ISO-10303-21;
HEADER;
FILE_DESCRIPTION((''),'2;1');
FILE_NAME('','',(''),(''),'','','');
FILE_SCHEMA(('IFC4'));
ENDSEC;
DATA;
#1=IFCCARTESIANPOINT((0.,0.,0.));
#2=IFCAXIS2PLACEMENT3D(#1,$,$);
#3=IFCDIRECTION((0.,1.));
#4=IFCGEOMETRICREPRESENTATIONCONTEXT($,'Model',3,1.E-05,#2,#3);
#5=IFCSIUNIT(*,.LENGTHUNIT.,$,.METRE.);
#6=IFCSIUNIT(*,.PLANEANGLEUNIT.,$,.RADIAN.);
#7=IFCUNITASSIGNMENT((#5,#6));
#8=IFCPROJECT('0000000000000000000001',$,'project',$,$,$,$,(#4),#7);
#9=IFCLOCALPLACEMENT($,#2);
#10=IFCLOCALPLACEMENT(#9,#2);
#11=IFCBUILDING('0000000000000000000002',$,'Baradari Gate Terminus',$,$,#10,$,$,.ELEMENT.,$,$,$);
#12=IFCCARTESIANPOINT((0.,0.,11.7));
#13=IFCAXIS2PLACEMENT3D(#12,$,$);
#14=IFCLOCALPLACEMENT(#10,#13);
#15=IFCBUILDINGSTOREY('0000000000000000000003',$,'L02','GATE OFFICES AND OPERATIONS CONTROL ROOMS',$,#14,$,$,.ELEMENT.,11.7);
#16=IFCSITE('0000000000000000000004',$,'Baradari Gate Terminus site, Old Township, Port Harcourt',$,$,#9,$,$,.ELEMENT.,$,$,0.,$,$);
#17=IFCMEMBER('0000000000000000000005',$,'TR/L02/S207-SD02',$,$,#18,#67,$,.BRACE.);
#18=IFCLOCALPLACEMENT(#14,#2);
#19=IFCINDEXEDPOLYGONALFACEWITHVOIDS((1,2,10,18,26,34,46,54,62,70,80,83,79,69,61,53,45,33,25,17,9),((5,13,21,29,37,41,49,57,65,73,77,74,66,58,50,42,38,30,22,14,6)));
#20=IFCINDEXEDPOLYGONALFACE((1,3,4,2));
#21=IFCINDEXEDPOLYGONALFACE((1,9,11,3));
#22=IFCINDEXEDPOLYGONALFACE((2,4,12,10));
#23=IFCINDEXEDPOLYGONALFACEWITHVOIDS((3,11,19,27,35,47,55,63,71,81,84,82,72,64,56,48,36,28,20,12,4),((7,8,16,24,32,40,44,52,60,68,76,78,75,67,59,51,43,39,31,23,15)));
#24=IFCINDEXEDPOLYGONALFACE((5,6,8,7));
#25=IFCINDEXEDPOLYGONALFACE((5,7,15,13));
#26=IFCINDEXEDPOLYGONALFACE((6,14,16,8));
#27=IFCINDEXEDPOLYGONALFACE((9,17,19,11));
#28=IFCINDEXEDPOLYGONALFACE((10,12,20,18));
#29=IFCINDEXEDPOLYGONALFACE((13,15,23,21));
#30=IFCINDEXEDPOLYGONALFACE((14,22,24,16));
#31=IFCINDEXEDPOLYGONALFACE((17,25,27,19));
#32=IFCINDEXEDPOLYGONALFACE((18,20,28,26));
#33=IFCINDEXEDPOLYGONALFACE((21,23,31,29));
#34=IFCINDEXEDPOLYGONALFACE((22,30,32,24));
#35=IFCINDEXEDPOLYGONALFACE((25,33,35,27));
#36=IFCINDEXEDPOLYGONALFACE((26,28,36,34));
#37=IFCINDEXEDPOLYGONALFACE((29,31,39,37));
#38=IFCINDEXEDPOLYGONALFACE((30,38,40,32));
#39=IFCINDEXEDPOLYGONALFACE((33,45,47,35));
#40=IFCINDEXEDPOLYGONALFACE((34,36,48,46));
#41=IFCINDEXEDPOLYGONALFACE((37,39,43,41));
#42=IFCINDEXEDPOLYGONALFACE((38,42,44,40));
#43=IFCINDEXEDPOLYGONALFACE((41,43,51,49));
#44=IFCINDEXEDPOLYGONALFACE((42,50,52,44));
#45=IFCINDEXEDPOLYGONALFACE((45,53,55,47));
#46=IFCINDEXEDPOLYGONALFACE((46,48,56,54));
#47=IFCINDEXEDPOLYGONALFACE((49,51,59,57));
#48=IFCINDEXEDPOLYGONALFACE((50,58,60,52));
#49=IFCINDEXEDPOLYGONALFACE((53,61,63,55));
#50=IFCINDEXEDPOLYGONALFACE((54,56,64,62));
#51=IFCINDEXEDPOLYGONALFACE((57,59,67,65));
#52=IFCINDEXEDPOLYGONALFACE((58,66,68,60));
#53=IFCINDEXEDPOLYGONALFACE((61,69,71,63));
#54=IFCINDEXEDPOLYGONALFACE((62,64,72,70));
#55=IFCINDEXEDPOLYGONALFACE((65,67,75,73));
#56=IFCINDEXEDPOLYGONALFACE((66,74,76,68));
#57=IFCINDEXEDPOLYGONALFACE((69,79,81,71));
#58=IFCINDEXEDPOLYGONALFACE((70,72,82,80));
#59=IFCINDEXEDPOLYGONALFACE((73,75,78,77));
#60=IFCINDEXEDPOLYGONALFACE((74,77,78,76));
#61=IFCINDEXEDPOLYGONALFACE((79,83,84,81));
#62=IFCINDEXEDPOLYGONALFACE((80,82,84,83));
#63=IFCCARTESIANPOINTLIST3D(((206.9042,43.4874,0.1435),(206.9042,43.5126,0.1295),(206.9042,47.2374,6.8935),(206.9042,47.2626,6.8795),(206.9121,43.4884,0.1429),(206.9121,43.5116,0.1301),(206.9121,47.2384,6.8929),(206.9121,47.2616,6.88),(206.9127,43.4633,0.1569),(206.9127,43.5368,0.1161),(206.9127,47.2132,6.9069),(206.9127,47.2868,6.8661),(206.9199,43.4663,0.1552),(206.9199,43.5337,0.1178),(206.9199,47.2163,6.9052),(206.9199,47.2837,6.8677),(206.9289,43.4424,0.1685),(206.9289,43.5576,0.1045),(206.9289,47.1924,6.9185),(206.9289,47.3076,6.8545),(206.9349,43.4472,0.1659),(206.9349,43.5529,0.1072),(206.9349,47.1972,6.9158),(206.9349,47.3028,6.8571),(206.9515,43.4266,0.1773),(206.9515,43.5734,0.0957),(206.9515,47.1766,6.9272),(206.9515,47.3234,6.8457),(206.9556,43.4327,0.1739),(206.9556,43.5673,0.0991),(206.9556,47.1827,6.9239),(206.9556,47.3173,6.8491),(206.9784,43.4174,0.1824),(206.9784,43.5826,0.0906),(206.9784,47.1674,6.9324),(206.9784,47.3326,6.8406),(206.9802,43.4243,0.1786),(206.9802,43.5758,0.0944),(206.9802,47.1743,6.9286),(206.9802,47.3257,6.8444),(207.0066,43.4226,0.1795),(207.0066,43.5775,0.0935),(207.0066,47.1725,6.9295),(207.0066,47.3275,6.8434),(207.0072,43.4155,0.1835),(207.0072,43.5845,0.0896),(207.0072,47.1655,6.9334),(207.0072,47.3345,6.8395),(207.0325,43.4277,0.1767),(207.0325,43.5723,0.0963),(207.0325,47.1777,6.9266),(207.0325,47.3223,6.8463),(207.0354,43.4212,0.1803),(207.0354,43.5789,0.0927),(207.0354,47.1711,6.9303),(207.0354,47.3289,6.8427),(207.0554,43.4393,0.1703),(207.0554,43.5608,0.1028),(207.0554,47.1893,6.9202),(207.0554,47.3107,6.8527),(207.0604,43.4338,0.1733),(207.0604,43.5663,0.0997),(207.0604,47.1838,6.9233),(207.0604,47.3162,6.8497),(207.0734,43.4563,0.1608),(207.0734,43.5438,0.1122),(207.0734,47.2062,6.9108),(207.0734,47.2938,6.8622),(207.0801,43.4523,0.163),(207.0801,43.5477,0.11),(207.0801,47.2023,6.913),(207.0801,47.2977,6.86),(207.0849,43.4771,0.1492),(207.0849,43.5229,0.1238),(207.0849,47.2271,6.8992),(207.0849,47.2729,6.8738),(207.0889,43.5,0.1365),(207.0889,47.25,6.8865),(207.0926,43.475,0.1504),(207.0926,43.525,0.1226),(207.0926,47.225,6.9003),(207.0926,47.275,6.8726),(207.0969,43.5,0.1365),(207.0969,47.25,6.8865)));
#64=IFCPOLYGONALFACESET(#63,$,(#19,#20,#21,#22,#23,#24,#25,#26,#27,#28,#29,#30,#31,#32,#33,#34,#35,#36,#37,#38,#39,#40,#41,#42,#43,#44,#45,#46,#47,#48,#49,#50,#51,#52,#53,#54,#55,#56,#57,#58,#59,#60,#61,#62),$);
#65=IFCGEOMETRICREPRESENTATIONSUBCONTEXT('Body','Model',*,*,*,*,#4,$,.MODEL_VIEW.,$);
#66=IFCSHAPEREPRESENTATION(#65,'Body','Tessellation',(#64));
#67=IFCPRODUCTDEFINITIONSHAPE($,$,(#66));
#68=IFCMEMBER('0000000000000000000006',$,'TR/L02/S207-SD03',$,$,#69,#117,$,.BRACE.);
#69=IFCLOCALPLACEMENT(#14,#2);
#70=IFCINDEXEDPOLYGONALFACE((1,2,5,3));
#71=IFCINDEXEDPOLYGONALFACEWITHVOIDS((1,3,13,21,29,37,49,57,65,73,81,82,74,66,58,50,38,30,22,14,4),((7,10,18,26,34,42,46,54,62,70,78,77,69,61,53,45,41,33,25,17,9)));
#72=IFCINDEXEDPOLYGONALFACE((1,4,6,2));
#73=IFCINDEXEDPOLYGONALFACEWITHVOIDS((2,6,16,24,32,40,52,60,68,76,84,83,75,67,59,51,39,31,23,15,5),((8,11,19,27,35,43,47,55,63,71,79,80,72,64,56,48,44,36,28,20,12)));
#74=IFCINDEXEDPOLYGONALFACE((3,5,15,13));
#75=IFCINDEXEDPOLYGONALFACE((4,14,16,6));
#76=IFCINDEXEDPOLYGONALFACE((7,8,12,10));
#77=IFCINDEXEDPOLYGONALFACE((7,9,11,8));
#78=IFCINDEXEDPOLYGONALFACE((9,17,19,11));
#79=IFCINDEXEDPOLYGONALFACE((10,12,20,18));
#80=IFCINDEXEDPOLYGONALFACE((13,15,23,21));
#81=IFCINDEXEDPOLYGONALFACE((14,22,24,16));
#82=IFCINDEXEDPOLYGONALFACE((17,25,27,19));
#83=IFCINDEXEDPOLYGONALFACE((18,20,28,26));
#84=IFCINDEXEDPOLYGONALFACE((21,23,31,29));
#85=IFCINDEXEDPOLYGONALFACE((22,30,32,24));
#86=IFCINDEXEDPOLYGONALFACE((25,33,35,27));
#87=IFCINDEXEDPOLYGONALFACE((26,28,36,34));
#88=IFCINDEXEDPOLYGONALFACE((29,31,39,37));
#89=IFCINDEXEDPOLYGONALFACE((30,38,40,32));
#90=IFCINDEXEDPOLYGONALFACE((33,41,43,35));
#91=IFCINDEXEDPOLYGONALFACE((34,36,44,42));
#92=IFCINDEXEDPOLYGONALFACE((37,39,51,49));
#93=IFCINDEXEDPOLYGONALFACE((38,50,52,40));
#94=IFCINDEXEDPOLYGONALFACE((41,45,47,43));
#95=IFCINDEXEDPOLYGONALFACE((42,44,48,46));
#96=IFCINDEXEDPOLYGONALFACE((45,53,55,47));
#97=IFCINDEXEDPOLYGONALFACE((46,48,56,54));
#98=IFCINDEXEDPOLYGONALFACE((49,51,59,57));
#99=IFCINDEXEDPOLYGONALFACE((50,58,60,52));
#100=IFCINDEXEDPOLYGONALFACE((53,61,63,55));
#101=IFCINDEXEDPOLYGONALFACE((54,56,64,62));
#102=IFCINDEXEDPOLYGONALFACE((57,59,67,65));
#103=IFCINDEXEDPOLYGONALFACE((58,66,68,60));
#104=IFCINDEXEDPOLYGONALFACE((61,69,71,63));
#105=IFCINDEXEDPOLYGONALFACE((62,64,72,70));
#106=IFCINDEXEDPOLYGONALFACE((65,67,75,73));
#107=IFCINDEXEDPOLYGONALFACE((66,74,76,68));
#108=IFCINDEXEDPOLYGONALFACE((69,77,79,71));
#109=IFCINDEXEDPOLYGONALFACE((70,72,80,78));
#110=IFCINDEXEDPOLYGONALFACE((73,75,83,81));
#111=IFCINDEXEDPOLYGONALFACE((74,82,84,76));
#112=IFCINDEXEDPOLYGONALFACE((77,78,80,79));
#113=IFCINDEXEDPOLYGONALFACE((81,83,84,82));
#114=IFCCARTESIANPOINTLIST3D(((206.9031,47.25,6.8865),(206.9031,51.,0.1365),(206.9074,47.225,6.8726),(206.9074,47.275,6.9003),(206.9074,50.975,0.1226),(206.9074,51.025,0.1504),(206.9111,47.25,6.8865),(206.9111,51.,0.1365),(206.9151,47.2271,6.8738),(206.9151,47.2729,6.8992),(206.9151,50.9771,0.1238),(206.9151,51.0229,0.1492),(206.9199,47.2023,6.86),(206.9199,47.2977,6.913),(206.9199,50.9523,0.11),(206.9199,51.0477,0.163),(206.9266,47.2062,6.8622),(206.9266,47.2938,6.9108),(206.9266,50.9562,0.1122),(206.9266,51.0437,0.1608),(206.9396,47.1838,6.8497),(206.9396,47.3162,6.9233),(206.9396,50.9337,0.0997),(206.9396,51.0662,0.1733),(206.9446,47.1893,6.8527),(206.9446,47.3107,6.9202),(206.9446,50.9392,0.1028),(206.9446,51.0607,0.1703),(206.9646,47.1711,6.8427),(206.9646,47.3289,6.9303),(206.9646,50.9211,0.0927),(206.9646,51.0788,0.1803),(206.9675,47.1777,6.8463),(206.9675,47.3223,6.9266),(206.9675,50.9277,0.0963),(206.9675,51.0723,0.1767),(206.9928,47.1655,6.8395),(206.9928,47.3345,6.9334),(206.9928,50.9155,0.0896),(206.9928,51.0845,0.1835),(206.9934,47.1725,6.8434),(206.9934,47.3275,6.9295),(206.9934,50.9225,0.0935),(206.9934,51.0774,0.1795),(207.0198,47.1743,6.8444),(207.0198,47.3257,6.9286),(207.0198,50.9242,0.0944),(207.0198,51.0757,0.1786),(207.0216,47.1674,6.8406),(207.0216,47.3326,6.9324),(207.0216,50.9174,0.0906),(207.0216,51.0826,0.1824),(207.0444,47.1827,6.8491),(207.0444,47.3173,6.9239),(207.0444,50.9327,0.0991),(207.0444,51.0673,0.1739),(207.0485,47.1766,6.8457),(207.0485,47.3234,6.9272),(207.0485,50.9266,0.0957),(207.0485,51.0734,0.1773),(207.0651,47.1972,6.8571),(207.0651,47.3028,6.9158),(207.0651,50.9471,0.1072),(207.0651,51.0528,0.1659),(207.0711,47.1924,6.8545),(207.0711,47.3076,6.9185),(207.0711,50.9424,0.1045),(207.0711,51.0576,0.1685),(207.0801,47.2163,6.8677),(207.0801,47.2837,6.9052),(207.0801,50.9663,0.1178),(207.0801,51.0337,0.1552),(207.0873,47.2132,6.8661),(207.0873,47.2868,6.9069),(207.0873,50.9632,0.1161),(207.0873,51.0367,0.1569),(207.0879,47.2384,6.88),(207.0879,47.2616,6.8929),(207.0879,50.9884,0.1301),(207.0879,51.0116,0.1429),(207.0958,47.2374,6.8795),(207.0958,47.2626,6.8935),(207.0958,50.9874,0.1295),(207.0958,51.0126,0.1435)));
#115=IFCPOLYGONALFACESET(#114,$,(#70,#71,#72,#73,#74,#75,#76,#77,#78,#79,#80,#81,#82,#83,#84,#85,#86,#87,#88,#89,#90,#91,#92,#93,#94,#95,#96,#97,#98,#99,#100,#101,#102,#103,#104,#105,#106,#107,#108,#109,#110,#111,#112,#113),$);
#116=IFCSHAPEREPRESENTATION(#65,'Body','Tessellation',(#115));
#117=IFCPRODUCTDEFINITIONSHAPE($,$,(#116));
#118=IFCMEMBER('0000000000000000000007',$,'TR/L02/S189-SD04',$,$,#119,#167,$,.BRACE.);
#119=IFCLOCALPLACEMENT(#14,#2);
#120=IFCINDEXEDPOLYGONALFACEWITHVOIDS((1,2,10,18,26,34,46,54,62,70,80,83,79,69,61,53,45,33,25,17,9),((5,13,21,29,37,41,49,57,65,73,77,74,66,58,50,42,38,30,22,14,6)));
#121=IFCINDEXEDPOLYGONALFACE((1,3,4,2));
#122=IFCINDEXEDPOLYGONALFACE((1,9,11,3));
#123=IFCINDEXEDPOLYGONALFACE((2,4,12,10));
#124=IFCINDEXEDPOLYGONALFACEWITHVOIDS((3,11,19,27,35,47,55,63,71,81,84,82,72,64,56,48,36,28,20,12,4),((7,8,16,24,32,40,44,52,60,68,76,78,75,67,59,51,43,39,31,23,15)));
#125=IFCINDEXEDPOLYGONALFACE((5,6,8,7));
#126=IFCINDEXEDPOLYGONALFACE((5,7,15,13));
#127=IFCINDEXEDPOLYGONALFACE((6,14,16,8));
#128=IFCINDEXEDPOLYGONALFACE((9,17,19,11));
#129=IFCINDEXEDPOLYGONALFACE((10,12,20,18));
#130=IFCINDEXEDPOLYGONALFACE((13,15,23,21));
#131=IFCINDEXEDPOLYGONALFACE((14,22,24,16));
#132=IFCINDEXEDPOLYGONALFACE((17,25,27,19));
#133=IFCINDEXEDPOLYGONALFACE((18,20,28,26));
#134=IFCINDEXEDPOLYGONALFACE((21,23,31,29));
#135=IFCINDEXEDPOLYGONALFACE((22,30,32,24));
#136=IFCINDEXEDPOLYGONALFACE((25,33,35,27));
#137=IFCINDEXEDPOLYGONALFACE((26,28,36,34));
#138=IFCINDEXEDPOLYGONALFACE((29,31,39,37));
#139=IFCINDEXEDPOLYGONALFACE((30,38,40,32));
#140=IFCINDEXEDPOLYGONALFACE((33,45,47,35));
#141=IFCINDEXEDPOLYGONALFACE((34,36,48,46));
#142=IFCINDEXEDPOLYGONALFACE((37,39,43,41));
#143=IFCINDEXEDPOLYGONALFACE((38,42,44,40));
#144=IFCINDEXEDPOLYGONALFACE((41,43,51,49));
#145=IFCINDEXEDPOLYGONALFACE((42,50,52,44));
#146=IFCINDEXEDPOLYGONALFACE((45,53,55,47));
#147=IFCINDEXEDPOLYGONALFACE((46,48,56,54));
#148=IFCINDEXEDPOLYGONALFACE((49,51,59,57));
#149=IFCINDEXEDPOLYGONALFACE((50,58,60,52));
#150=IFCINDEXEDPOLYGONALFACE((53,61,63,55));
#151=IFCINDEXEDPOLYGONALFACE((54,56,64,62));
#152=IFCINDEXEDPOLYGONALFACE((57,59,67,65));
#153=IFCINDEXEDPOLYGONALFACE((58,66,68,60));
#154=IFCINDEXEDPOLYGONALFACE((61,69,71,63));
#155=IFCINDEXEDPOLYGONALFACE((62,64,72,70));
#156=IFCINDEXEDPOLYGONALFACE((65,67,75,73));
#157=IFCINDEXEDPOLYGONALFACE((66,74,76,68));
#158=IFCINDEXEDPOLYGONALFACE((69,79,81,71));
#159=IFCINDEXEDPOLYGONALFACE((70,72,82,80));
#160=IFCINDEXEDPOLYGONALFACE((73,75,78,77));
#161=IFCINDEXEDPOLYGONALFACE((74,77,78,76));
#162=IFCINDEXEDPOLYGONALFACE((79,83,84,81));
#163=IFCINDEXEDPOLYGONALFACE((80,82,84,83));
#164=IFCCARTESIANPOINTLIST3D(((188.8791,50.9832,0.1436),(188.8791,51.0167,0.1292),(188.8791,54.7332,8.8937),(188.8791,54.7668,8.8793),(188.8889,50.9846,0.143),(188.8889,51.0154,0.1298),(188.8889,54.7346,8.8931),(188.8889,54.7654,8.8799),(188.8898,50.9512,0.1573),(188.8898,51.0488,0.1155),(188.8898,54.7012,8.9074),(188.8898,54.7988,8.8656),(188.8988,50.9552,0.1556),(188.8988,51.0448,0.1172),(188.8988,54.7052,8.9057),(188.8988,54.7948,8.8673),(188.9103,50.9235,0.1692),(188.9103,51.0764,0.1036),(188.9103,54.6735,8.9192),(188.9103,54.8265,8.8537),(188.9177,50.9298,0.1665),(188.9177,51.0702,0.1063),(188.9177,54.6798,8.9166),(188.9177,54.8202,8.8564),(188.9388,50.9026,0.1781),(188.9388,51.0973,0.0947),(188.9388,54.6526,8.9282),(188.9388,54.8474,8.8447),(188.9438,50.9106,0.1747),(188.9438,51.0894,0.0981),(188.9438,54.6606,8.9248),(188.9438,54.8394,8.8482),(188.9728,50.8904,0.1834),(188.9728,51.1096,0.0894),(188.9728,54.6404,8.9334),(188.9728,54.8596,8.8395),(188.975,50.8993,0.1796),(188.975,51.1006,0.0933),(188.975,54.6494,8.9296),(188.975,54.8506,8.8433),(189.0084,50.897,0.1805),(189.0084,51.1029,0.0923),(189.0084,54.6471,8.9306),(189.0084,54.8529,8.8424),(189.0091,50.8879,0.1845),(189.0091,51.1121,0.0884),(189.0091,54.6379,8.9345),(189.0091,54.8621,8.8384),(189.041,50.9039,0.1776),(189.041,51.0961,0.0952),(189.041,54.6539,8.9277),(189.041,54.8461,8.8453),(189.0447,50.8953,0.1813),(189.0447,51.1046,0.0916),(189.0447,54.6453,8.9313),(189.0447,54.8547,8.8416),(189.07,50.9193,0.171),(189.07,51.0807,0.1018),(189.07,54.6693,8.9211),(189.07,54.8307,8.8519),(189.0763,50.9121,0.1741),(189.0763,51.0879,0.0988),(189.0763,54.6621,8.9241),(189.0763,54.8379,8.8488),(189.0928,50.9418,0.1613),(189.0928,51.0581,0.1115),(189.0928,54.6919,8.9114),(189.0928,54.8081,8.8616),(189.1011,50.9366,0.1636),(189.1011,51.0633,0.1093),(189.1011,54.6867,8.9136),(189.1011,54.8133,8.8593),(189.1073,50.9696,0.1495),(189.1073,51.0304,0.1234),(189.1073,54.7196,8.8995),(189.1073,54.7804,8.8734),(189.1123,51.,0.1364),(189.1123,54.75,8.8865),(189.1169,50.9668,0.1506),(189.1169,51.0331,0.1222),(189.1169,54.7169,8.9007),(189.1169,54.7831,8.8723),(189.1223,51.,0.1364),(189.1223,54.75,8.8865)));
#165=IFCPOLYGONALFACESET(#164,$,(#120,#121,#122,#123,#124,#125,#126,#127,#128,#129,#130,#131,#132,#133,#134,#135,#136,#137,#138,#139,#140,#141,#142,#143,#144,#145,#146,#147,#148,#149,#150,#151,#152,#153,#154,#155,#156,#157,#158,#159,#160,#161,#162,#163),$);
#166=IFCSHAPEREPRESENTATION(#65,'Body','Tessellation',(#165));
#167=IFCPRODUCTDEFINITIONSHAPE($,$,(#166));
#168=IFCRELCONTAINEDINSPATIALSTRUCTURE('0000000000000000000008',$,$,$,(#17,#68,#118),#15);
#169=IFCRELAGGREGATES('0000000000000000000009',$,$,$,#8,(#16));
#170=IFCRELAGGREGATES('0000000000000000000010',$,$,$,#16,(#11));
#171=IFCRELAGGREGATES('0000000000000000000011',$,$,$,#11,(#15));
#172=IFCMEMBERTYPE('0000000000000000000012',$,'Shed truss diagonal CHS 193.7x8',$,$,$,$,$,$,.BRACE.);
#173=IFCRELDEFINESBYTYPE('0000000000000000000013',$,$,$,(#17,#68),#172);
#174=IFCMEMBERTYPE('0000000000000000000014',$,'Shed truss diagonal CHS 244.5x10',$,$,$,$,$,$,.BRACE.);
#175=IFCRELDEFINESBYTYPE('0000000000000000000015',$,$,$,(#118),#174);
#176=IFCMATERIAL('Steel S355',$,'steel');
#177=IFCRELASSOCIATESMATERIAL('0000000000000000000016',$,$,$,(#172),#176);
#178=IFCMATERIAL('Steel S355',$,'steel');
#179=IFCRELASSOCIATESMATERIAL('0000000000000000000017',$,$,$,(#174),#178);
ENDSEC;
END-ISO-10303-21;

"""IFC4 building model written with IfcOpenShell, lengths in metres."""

from ifc_helpers import new_model, si_unit, direction, frame, origin, origin_2d, place, context, subcontext, project, spatial, hollow_circle, extrude, material, material_profile, profile_set, type_object, element, save


model = new_model("IFC4")

# Units and contexts
model_context = context("Model", 3, precision=1e-05, world=origin(), true_north=direction((0.0, 1.0)))
body_context = subcontext(model_context, "Body", "Model", "MODEL_VIEW")
ifc_project = project(units=[si_unit("LENGTHUNIT", "METRE"), si_unit("PLANEANGLEUNIT", "RADIAN")], contexts=[model_context])

# Site, building, storey
site_placement = place(None, origin())
site = spatial("IfcSite", under=ifc_project, at=site_placement, Name="Baradari Gate Terminus site, Old Township, Port Harcourt", CompositionType="ELEMENT", RefElevation=0.0)
building_placement = place(site_placement, origin())
building = spatial("IfcBuilding", under=site, at=building_placement, Name="Baradari Gate Terminus", CompositionType="ELEMENT")
storey_placement = place(building_placement, frame((0.0, 0.0, 11.7)))
storey = spatial("IfcBuildingStorey", under=building, at=storey_placement, Name="L02", Description="GATE OFFICES AND OPERATIONS CONTROL ROOMS", CompositionType="ELEMENT", Elevation=11.7)

# Members
ifc_material_1 = material(Name="Steel S355", Category="steel")
ifc_material_profile_1 = material_profile(ifc_material_1, hollow_circle(Radius=0.0969, WallThickness=0.0081, at=origin_2d()), Name="CHS 193.7x8")
ifc_profile_set_1 = profile_set([ifc_material_profile_1], Name="Steel S355")
member_type_1 = type_object("IfcMemberType", Name="Shed truss diagonal CHS 193.7x8", PredefinedType="BRACE", material=ifc_profile_set_1)
for number, where, z_axis, x_axis, name in (
    (1, (207.0, 47.25, 6.8865), (0.0, -0.485643, -0.874157), (1.0, 0.0, 0.0), "TR/L02/S207-SD02"),
    (2, (207.0, 47.25, 6.8865), (0.0, 0.485643, -0.874157), (-1.0, 0.0, 0.0), "TR/L02/S207-SD03"),
):
    element("IfcMember", number, at=place(storey_placement, frame(where, z_axis=z_axis, x_axis=x_axis)), inside=storey, type_object=member_type_1, Name=name, PredefinedType="BRACE", context=body_context, shape_type="SweptSolid", body=[
        extrude(hollow_circle(Radius=0.0969, WallThickness=0.0081, at=origin_2d()), origin(), (0.0, 0.0, 1.0), 7.7217),
    ])
ifc_material_2 = material(Name="Steel S355", Category="steel")
ifc_material_profile_2 = material_profile(ifc_material_2, hollow_circle(Radius=0.1223, WallThickness=0.01, at=origin_2d()), Name="CHS 244.5x10")
ifc_profile_set_2 = profile_set([ifc_material_profile_2], Name="Steel S355")
member_type_2 = type_object("IfcMemberType", Name="Shed truss diagonal CHS 244.5x10", PredefinedType="BRACE", material=ifc_profile_set_2)
for number, where, z_axis, x_axis, name in (
    (3, (189.0, 54.75, 8.8865), (0.0, -0.393919, -0.919145), (1.0, 0.0, 0.0), "TR/L02/S189-SD04"),
):
    element("IfcMember", number, at=place(storey_placement, frame(where, z_axis=z_axis, x_axis=x_axis)), inside=storey, type_object=member_type_2, Name=name, PredefinedType="BRACE", context=body_context, shape_type="SweptSolid", body=[
        extrude(hollow_circle(Radius=0.1223, WallThickness=0.01, at=origin_2d()), origin(), (0.0, 0.0, 1.0), 9.5198),
    ])

save(model, "model.ifc")
